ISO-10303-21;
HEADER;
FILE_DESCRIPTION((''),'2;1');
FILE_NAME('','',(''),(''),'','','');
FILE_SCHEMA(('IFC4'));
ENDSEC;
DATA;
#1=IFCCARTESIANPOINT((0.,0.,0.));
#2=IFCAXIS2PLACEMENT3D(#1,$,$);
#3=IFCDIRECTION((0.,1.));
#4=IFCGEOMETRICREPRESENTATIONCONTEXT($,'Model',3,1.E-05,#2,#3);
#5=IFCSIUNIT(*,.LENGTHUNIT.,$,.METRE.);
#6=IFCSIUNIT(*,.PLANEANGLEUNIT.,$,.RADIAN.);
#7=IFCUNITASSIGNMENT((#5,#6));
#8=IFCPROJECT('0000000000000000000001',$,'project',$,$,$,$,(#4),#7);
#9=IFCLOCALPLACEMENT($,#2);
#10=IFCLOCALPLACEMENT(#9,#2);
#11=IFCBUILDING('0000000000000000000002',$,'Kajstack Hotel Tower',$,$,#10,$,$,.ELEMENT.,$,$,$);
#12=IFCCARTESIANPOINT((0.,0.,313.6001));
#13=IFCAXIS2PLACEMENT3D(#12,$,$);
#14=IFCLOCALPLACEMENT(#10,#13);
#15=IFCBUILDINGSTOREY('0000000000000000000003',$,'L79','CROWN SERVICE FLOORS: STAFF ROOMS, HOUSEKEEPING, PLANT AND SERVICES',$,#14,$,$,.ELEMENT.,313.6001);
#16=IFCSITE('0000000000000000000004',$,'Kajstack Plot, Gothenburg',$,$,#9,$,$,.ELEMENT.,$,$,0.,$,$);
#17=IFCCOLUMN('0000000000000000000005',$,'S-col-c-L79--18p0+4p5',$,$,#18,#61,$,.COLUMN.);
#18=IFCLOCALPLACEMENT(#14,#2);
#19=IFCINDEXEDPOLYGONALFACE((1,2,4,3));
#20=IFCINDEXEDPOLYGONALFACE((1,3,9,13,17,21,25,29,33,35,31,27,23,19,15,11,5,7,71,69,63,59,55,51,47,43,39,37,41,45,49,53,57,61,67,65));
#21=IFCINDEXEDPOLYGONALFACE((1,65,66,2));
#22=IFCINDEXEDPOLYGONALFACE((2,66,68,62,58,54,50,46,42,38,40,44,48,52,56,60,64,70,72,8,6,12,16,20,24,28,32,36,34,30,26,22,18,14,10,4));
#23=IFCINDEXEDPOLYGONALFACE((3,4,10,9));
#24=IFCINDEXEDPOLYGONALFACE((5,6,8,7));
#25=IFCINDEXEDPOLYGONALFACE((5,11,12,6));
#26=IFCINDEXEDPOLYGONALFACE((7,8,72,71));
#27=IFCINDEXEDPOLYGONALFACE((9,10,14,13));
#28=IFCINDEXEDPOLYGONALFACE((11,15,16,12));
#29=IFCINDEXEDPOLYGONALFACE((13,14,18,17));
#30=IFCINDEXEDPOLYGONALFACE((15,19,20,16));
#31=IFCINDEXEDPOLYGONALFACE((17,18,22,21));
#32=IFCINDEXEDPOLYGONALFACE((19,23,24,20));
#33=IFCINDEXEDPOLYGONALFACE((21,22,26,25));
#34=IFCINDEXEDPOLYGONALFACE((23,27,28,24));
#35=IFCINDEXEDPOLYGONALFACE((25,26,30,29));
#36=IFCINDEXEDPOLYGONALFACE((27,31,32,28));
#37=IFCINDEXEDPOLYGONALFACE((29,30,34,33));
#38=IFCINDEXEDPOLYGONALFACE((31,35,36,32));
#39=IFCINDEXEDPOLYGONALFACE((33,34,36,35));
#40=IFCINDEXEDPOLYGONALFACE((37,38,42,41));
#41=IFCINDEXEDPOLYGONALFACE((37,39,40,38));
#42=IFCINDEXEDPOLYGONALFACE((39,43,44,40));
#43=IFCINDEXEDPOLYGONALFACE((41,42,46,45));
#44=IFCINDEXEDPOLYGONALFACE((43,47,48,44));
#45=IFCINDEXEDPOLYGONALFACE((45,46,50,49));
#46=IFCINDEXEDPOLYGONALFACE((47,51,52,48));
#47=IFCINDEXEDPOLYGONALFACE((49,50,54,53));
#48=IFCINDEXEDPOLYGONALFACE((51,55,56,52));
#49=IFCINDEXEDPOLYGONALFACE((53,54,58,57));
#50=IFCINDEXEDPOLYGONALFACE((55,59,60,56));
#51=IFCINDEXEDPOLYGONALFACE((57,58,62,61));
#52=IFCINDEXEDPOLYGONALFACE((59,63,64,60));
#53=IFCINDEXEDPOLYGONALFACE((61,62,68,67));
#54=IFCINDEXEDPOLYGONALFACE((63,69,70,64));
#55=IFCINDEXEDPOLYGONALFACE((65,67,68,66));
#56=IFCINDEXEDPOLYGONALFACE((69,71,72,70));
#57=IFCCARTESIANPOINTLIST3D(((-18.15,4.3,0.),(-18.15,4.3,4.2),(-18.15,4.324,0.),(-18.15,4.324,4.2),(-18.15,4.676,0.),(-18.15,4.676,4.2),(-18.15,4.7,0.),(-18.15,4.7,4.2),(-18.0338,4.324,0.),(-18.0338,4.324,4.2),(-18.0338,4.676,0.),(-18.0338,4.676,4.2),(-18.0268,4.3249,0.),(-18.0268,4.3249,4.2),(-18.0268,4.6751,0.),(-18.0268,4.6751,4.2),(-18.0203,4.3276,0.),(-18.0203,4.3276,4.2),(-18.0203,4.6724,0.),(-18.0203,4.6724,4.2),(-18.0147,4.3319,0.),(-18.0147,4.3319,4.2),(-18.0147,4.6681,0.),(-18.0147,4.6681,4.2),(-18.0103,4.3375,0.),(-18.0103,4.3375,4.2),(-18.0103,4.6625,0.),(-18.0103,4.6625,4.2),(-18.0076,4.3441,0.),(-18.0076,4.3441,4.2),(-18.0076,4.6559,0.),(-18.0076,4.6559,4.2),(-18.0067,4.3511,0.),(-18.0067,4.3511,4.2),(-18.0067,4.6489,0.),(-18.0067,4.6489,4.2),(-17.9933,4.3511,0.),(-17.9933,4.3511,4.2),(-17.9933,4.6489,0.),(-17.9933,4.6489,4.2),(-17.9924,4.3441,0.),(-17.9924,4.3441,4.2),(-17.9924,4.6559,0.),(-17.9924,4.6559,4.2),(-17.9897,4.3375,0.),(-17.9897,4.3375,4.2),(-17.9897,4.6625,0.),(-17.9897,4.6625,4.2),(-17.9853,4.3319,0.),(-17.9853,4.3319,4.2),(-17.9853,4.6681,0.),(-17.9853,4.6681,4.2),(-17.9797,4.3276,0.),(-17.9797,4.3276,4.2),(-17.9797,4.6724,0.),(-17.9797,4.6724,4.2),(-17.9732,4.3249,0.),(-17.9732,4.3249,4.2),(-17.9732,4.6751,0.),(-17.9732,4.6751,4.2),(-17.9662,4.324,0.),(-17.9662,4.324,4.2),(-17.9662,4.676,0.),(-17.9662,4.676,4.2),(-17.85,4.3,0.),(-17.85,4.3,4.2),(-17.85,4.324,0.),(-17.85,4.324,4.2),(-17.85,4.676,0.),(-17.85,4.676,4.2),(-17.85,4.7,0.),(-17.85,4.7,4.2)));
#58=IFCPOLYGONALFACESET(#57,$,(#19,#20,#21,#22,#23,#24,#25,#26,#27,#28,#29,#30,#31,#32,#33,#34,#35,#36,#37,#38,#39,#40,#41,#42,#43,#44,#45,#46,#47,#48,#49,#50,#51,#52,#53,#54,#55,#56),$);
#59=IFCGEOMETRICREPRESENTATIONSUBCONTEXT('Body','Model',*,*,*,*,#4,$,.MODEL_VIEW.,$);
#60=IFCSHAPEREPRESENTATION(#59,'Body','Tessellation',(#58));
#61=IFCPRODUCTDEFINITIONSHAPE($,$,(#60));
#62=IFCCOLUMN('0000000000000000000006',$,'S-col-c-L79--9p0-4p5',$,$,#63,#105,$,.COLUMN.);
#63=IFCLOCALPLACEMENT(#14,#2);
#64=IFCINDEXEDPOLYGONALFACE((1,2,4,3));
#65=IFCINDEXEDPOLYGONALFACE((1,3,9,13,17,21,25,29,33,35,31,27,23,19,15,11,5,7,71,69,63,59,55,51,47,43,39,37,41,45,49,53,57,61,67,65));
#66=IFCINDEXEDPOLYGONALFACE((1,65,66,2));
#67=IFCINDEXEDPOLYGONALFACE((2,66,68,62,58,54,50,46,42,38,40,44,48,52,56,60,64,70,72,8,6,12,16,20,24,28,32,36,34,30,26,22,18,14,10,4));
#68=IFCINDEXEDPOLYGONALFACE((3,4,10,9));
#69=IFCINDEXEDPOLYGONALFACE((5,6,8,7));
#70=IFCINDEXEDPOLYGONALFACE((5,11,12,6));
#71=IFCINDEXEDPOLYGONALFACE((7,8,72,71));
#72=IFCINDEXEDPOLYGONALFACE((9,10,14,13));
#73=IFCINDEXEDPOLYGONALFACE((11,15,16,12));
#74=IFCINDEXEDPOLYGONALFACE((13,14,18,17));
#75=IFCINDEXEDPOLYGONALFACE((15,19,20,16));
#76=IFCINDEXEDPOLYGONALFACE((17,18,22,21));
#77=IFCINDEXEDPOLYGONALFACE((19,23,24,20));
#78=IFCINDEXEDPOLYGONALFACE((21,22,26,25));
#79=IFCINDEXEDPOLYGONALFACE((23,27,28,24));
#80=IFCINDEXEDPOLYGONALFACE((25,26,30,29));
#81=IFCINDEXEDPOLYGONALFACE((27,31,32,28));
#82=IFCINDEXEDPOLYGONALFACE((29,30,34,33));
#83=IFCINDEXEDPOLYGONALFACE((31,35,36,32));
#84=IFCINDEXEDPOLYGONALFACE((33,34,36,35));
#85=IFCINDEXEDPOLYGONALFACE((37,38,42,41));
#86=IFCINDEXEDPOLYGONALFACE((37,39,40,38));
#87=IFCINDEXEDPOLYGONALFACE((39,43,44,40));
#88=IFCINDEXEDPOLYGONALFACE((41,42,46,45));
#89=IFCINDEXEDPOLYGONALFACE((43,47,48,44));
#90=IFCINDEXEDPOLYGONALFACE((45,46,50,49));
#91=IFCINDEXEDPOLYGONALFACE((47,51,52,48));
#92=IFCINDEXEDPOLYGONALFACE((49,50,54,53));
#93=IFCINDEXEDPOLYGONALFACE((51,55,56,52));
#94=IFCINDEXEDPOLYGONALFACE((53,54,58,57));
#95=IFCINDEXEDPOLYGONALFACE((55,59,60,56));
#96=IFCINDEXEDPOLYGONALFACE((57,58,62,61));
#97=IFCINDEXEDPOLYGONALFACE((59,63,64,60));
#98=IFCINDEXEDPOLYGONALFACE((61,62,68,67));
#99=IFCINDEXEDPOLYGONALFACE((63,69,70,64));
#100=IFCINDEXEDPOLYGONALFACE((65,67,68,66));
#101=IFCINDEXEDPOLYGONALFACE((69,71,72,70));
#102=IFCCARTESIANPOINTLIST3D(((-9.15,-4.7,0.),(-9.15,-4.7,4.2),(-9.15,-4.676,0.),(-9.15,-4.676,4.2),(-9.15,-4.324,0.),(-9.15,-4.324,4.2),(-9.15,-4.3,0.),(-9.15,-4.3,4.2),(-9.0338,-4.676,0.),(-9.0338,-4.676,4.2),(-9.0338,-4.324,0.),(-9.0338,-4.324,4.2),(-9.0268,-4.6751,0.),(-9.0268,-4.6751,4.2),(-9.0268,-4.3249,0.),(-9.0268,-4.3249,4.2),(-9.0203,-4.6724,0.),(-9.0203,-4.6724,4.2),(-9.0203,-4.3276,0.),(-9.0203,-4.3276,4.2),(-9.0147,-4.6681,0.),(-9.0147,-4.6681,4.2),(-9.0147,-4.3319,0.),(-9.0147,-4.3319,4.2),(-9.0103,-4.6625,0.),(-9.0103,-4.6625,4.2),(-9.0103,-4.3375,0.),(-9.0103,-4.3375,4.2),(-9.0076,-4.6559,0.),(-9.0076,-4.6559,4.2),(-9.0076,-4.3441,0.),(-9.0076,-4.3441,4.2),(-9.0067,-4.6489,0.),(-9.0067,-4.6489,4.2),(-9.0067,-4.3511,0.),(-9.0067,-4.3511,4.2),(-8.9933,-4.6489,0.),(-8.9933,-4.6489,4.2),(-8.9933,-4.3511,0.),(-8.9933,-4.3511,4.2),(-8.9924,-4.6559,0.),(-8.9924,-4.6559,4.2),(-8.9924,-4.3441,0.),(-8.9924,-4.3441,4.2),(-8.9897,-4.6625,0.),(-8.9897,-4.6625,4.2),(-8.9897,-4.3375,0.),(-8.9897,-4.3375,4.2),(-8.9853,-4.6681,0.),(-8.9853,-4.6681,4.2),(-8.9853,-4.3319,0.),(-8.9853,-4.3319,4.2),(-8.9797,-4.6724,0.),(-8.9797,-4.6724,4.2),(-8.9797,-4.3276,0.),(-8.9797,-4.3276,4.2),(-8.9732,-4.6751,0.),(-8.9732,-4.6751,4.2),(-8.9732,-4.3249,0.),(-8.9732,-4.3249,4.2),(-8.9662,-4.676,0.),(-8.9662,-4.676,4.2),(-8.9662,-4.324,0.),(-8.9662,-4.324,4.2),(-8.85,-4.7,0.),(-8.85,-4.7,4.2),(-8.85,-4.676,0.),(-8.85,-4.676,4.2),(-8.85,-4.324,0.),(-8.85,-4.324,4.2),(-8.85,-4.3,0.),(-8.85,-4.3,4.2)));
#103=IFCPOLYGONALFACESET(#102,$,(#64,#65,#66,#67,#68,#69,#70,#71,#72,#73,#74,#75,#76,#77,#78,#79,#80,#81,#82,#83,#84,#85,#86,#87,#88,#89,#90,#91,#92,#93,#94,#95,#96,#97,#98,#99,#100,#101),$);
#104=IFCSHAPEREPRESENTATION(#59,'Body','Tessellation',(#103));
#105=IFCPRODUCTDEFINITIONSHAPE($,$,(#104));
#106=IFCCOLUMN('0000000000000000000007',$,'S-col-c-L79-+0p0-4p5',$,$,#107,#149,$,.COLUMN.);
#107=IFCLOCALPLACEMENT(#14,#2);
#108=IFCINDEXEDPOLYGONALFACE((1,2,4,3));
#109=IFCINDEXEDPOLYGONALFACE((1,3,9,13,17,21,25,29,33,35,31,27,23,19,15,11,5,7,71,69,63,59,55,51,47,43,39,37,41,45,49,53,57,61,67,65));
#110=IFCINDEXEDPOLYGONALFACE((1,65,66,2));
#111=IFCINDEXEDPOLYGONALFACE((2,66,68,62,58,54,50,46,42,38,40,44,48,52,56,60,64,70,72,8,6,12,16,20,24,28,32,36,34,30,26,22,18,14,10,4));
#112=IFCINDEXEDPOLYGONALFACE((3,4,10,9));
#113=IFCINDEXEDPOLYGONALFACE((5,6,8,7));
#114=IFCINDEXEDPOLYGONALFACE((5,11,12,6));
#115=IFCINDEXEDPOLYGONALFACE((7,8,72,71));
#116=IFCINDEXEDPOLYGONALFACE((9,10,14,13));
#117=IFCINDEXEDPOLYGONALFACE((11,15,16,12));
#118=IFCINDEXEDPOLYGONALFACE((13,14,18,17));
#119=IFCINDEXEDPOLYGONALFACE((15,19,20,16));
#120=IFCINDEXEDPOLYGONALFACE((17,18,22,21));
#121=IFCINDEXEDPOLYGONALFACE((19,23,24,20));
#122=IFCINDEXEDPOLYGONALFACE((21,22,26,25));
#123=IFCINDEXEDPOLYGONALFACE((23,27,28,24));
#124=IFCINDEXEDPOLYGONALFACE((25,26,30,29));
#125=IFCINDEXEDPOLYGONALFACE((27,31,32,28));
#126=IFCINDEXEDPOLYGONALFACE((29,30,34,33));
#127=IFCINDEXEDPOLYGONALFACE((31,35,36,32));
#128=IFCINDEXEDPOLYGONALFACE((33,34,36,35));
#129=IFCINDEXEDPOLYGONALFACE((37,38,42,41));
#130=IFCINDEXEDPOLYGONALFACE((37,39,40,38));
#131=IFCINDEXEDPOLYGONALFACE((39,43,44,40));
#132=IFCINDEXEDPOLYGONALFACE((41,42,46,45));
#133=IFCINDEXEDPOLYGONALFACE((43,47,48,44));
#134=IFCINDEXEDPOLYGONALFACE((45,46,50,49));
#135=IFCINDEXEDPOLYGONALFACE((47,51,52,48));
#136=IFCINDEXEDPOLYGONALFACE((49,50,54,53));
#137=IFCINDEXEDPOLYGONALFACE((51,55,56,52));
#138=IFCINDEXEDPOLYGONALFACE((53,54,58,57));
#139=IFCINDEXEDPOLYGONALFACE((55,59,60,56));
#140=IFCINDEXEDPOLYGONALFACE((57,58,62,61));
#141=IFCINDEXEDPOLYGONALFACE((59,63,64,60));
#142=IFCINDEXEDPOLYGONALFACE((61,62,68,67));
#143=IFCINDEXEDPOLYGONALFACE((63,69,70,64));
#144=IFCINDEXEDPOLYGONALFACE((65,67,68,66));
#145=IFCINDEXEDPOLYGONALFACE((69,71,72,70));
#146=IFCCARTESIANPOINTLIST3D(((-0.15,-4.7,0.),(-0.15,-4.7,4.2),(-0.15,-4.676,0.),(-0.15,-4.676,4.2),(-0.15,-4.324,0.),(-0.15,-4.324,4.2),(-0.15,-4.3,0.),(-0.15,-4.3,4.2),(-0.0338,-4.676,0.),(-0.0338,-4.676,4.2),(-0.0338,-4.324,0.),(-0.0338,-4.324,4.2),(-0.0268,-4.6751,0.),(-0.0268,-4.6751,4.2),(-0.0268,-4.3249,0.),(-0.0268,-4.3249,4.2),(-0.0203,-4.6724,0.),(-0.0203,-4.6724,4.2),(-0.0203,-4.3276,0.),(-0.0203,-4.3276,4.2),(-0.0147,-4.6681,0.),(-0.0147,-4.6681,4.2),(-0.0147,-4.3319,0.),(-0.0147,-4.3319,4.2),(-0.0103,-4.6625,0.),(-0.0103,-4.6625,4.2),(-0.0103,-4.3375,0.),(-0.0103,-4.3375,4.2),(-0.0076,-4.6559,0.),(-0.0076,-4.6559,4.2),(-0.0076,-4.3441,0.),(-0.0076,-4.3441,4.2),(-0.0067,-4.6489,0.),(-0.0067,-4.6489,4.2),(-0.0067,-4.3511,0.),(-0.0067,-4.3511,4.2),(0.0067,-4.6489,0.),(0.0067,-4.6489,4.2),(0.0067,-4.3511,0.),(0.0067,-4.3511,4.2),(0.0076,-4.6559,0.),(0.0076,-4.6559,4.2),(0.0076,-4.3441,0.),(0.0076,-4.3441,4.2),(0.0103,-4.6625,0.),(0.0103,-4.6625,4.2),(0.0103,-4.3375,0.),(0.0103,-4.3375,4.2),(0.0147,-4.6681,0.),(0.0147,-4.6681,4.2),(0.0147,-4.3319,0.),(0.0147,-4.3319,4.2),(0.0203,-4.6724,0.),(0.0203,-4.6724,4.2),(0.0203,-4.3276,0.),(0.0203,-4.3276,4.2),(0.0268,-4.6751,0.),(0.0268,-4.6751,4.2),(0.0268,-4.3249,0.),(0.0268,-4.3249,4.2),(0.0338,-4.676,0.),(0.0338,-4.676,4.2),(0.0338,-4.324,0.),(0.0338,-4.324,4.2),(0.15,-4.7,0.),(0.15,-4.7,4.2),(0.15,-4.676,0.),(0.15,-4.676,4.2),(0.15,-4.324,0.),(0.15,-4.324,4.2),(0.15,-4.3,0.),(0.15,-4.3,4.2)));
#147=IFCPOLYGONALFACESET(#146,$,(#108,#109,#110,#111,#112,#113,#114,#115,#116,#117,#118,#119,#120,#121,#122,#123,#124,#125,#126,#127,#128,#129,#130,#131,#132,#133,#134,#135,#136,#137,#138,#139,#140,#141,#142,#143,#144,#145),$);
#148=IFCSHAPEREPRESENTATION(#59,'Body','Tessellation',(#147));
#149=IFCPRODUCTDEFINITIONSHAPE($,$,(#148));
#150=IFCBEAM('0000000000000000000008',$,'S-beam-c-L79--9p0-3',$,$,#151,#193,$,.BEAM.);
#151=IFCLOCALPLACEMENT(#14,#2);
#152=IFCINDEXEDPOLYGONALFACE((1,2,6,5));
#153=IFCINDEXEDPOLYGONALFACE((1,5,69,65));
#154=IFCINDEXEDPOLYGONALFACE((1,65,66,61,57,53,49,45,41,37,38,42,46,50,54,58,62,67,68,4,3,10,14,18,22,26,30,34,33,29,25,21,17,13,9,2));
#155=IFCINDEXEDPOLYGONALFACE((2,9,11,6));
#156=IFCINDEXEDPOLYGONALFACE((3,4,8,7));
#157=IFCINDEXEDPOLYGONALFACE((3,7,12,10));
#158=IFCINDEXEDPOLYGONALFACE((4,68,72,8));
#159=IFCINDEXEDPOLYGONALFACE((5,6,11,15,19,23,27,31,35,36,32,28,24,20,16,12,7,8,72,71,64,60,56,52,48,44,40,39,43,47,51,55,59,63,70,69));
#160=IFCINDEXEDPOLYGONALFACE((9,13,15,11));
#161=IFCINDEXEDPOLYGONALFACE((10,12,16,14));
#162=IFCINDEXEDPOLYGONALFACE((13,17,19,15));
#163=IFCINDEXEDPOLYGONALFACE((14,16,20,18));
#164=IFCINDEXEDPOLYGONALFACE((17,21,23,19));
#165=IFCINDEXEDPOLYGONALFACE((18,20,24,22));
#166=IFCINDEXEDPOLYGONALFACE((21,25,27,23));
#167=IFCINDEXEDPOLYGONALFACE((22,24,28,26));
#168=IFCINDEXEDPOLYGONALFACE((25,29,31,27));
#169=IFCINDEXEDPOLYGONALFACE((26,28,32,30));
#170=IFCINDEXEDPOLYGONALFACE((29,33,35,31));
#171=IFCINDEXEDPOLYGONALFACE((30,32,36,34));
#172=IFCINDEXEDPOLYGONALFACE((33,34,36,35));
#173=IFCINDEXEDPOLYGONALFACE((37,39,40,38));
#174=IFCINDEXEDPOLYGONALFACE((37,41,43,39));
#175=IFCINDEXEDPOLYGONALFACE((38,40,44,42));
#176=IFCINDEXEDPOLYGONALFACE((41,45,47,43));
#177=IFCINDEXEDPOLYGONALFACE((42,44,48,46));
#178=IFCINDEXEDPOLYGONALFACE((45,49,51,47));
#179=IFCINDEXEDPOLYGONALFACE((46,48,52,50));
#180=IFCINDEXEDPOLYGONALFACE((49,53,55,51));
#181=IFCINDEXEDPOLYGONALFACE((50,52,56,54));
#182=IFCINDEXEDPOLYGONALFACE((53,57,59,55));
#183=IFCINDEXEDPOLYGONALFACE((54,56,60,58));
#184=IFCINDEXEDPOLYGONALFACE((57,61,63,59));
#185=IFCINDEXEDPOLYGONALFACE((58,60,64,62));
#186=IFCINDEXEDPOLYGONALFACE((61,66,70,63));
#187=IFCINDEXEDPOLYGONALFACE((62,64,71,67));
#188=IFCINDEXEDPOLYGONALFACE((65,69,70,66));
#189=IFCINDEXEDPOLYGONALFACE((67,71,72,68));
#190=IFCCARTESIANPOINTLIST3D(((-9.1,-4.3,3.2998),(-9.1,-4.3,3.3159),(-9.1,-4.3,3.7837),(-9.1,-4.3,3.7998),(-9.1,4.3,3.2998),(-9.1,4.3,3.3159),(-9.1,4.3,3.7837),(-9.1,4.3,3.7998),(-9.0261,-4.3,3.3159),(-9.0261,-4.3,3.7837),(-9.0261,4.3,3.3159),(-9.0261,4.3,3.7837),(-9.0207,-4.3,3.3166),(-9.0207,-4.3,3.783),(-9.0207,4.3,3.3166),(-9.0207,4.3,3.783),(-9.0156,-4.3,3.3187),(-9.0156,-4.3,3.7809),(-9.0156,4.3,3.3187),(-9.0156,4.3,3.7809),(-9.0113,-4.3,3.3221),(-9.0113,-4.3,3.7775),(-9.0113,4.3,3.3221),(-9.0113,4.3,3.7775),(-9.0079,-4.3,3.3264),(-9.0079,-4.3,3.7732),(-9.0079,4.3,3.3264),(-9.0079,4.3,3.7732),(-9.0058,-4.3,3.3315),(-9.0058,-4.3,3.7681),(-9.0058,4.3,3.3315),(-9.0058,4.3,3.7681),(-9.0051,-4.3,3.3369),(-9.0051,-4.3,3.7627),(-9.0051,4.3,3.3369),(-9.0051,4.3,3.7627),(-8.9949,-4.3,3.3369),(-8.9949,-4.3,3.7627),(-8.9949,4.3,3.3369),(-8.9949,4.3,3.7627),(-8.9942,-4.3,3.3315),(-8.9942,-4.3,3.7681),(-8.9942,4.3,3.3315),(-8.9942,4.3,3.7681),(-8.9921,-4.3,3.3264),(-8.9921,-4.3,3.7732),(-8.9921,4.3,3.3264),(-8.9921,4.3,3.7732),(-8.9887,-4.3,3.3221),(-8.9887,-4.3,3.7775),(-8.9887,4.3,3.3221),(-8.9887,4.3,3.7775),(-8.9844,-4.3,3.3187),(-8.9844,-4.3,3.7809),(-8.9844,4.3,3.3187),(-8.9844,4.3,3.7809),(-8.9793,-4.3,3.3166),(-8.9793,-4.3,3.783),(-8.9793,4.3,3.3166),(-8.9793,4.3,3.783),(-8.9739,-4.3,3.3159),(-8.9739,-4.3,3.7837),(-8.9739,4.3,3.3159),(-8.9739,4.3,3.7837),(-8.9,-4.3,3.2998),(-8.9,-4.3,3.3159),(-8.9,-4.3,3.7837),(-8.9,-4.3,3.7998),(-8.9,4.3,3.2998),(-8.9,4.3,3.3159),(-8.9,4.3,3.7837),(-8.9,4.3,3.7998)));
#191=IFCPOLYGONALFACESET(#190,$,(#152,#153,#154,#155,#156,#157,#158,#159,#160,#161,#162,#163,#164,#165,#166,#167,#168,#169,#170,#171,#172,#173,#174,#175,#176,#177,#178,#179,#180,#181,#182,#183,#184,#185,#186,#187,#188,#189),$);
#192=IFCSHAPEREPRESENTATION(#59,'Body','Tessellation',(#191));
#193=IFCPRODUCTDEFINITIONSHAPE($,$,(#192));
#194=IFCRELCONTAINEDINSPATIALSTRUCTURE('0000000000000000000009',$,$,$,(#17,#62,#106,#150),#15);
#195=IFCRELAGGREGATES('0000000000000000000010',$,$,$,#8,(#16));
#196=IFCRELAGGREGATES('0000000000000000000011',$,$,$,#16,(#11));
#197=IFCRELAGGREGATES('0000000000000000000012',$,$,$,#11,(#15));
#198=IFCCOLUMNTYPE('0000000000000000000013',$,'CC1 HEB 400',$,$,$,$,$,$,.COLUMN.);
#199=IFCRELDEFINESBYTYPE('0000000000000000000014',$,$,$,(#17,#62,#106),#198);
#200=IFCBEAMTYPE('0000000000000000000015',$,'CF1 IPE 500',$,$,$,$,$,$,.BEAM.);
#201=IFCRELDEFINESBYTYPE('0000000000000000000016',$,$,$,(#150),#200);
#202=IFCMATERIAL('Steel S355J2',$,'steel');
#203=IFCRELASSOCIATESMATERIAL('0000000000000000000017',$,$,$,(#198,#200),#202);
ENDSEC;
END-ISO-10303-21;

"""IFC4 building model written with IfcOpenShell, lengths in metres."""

from ifc_helpers import new_model, si_unit, direction, frame, origin, origin_2d, place, context, subcontext, project, spatial, i_section, extrude, material, material_profile, profile_set, type_object, element, save


model = new_model("IFC4")

# Units and contexts
model_context = context("Model", 3, precision=1e-05, world=origin(), true_north=direction((0.0, 1.0)))
body_context = subcontext(model_context, "Body", "Model", "MODEL_VIEW")
ifc_project = project(units=[si_unit("LENGTHUNIT", "METRE"), si_unit("PLANEANGLEUNIT", "RADIAN")], contexts=[model_context])

# Site, building, storey
site_placement = place(None, origin())
site = spatial("IfcSite", under=ifc_project, at=site_placement, Name="Kajstack Plot, Gothenburg", CompositionType="ELEMENT", RefElevation=0.0)
building_placement = place(site_placement, origin())
building = spatial("IfcBuilding", under=site, at=building_placement, Name="Kajstack Hotel Tower", CompositionType="ELEMENT")
storey_placement = place(building_placement, frame((0.0, 0.0, 313.6001)))
storey = spatial("IfcBuildingStorey", under=building, at=storey_placement, Name="L79", Description="CROWN SERVICE FLOORS: STAFF ROOMS, HOUSEKEEPING, PLANT AND SERVICES", CompositionType="ELEMENT", Elevation=313.6001)

# Columns
ifc_material_1 = material(Name="Steel S355J2", Category="steel")
ifc_material_profile_1 = material_profile(ifc_material_1, i_section(OverallWidth=0.3, OverallDepth=0.3999, WebThickness=0.0134, FlangeThickness=0.0239, FilletRadius=0.0271, at=origin_2d()), Name="HEB 400")
ifc_profile_set_1 = profile_set([ifc_material_profile_1], Name="Steel S355J2")
column_type = type_object("IfcColumnType", Name="CC1 HEB 400", PredefinedType="COLUMN", material=ifc_profile_set_1)
for number, where, z_axis, x_axis, name in (
    (1, (-18.0, 4.5, 0.0), (0.0, 0.0, 1.0), (1.0, 0.0, 0.0), "S-col-c-L79--18p0+4p5"),
    (2, (-9.0, -4.5, 0.0), (0.0, 0.0, 1.0), (1.0, 0.0, 0.0), "S-col-c-L79--9p0-4p5"),
    (3, (0.0, -4.5, 0.0), (0.0, 0.0, 1.0), (1.0, 0.0, 0.0), "S-col-c-L79-+0p0-4p5"),
):
    element("IfcColumn", number, at=place(storey_placement, frame(where, z_axis=z_axis, x_axis=x_axis)), inside=storey, type_object=column_type, Name=name, PredefinedType="COLUMN", context=body_context, shape_type="SweptSolid", body=[
        extrude(i_section(OverallWidth=0.3, OverallDepth=0.3999, WebThickness=0.0134, FlangeThickness=0.0239, FilletRadius=0.0271, at=origin_2d()), origin(), (0.0, 0.0, 1.0), 4.2),
    ])

# Beam
ifc_material_profile_2 = material_profile(ifc_material_1, i_section(OverallWidth=0.2, OverallDepth=0.5, WebThickness=0.0103, FlangeThickness=0.0161, FilletRadius=0.021, at=origin_2d()), Name="IPE 500")
ifc_profile_set_2 = profile_set([ifc_material_profile_2], Name="Steel S355J2")
beam_type = type_object("IfcBeamType", Name="CF1 IPE 500", PredefinedType="BEAM", material=ifc_profile_set_2)
for number, where, z_axis, x_axis, name in (
    (4, (-9.0, -4.3, 3.5498), (0.0, 1.0, 0.0), (-1.0, 0.0, 0.0), "S-beam-c-L79--9p0-3"),
):
    element("IfcBeam", number, at=place(storey_placement, frame(where, z_axis=z_axis, x_axis=x_axis)), inside=storey, type_object=beam_type, Name=name, PredefinedType="BEAM", context=body_context, shape_type="SweptSolid", body=[
        extrude(i_section(OverallWidth=0.2, OverallDepth=0.5, WebThickness=0.0103, FlangeThickness=0.0161, FilletRadius=0.021, at=origin_2d()), origin(), (0.0, 0.0, 1.0), 8.6001),
    ])

save(model, "model.ifc")
